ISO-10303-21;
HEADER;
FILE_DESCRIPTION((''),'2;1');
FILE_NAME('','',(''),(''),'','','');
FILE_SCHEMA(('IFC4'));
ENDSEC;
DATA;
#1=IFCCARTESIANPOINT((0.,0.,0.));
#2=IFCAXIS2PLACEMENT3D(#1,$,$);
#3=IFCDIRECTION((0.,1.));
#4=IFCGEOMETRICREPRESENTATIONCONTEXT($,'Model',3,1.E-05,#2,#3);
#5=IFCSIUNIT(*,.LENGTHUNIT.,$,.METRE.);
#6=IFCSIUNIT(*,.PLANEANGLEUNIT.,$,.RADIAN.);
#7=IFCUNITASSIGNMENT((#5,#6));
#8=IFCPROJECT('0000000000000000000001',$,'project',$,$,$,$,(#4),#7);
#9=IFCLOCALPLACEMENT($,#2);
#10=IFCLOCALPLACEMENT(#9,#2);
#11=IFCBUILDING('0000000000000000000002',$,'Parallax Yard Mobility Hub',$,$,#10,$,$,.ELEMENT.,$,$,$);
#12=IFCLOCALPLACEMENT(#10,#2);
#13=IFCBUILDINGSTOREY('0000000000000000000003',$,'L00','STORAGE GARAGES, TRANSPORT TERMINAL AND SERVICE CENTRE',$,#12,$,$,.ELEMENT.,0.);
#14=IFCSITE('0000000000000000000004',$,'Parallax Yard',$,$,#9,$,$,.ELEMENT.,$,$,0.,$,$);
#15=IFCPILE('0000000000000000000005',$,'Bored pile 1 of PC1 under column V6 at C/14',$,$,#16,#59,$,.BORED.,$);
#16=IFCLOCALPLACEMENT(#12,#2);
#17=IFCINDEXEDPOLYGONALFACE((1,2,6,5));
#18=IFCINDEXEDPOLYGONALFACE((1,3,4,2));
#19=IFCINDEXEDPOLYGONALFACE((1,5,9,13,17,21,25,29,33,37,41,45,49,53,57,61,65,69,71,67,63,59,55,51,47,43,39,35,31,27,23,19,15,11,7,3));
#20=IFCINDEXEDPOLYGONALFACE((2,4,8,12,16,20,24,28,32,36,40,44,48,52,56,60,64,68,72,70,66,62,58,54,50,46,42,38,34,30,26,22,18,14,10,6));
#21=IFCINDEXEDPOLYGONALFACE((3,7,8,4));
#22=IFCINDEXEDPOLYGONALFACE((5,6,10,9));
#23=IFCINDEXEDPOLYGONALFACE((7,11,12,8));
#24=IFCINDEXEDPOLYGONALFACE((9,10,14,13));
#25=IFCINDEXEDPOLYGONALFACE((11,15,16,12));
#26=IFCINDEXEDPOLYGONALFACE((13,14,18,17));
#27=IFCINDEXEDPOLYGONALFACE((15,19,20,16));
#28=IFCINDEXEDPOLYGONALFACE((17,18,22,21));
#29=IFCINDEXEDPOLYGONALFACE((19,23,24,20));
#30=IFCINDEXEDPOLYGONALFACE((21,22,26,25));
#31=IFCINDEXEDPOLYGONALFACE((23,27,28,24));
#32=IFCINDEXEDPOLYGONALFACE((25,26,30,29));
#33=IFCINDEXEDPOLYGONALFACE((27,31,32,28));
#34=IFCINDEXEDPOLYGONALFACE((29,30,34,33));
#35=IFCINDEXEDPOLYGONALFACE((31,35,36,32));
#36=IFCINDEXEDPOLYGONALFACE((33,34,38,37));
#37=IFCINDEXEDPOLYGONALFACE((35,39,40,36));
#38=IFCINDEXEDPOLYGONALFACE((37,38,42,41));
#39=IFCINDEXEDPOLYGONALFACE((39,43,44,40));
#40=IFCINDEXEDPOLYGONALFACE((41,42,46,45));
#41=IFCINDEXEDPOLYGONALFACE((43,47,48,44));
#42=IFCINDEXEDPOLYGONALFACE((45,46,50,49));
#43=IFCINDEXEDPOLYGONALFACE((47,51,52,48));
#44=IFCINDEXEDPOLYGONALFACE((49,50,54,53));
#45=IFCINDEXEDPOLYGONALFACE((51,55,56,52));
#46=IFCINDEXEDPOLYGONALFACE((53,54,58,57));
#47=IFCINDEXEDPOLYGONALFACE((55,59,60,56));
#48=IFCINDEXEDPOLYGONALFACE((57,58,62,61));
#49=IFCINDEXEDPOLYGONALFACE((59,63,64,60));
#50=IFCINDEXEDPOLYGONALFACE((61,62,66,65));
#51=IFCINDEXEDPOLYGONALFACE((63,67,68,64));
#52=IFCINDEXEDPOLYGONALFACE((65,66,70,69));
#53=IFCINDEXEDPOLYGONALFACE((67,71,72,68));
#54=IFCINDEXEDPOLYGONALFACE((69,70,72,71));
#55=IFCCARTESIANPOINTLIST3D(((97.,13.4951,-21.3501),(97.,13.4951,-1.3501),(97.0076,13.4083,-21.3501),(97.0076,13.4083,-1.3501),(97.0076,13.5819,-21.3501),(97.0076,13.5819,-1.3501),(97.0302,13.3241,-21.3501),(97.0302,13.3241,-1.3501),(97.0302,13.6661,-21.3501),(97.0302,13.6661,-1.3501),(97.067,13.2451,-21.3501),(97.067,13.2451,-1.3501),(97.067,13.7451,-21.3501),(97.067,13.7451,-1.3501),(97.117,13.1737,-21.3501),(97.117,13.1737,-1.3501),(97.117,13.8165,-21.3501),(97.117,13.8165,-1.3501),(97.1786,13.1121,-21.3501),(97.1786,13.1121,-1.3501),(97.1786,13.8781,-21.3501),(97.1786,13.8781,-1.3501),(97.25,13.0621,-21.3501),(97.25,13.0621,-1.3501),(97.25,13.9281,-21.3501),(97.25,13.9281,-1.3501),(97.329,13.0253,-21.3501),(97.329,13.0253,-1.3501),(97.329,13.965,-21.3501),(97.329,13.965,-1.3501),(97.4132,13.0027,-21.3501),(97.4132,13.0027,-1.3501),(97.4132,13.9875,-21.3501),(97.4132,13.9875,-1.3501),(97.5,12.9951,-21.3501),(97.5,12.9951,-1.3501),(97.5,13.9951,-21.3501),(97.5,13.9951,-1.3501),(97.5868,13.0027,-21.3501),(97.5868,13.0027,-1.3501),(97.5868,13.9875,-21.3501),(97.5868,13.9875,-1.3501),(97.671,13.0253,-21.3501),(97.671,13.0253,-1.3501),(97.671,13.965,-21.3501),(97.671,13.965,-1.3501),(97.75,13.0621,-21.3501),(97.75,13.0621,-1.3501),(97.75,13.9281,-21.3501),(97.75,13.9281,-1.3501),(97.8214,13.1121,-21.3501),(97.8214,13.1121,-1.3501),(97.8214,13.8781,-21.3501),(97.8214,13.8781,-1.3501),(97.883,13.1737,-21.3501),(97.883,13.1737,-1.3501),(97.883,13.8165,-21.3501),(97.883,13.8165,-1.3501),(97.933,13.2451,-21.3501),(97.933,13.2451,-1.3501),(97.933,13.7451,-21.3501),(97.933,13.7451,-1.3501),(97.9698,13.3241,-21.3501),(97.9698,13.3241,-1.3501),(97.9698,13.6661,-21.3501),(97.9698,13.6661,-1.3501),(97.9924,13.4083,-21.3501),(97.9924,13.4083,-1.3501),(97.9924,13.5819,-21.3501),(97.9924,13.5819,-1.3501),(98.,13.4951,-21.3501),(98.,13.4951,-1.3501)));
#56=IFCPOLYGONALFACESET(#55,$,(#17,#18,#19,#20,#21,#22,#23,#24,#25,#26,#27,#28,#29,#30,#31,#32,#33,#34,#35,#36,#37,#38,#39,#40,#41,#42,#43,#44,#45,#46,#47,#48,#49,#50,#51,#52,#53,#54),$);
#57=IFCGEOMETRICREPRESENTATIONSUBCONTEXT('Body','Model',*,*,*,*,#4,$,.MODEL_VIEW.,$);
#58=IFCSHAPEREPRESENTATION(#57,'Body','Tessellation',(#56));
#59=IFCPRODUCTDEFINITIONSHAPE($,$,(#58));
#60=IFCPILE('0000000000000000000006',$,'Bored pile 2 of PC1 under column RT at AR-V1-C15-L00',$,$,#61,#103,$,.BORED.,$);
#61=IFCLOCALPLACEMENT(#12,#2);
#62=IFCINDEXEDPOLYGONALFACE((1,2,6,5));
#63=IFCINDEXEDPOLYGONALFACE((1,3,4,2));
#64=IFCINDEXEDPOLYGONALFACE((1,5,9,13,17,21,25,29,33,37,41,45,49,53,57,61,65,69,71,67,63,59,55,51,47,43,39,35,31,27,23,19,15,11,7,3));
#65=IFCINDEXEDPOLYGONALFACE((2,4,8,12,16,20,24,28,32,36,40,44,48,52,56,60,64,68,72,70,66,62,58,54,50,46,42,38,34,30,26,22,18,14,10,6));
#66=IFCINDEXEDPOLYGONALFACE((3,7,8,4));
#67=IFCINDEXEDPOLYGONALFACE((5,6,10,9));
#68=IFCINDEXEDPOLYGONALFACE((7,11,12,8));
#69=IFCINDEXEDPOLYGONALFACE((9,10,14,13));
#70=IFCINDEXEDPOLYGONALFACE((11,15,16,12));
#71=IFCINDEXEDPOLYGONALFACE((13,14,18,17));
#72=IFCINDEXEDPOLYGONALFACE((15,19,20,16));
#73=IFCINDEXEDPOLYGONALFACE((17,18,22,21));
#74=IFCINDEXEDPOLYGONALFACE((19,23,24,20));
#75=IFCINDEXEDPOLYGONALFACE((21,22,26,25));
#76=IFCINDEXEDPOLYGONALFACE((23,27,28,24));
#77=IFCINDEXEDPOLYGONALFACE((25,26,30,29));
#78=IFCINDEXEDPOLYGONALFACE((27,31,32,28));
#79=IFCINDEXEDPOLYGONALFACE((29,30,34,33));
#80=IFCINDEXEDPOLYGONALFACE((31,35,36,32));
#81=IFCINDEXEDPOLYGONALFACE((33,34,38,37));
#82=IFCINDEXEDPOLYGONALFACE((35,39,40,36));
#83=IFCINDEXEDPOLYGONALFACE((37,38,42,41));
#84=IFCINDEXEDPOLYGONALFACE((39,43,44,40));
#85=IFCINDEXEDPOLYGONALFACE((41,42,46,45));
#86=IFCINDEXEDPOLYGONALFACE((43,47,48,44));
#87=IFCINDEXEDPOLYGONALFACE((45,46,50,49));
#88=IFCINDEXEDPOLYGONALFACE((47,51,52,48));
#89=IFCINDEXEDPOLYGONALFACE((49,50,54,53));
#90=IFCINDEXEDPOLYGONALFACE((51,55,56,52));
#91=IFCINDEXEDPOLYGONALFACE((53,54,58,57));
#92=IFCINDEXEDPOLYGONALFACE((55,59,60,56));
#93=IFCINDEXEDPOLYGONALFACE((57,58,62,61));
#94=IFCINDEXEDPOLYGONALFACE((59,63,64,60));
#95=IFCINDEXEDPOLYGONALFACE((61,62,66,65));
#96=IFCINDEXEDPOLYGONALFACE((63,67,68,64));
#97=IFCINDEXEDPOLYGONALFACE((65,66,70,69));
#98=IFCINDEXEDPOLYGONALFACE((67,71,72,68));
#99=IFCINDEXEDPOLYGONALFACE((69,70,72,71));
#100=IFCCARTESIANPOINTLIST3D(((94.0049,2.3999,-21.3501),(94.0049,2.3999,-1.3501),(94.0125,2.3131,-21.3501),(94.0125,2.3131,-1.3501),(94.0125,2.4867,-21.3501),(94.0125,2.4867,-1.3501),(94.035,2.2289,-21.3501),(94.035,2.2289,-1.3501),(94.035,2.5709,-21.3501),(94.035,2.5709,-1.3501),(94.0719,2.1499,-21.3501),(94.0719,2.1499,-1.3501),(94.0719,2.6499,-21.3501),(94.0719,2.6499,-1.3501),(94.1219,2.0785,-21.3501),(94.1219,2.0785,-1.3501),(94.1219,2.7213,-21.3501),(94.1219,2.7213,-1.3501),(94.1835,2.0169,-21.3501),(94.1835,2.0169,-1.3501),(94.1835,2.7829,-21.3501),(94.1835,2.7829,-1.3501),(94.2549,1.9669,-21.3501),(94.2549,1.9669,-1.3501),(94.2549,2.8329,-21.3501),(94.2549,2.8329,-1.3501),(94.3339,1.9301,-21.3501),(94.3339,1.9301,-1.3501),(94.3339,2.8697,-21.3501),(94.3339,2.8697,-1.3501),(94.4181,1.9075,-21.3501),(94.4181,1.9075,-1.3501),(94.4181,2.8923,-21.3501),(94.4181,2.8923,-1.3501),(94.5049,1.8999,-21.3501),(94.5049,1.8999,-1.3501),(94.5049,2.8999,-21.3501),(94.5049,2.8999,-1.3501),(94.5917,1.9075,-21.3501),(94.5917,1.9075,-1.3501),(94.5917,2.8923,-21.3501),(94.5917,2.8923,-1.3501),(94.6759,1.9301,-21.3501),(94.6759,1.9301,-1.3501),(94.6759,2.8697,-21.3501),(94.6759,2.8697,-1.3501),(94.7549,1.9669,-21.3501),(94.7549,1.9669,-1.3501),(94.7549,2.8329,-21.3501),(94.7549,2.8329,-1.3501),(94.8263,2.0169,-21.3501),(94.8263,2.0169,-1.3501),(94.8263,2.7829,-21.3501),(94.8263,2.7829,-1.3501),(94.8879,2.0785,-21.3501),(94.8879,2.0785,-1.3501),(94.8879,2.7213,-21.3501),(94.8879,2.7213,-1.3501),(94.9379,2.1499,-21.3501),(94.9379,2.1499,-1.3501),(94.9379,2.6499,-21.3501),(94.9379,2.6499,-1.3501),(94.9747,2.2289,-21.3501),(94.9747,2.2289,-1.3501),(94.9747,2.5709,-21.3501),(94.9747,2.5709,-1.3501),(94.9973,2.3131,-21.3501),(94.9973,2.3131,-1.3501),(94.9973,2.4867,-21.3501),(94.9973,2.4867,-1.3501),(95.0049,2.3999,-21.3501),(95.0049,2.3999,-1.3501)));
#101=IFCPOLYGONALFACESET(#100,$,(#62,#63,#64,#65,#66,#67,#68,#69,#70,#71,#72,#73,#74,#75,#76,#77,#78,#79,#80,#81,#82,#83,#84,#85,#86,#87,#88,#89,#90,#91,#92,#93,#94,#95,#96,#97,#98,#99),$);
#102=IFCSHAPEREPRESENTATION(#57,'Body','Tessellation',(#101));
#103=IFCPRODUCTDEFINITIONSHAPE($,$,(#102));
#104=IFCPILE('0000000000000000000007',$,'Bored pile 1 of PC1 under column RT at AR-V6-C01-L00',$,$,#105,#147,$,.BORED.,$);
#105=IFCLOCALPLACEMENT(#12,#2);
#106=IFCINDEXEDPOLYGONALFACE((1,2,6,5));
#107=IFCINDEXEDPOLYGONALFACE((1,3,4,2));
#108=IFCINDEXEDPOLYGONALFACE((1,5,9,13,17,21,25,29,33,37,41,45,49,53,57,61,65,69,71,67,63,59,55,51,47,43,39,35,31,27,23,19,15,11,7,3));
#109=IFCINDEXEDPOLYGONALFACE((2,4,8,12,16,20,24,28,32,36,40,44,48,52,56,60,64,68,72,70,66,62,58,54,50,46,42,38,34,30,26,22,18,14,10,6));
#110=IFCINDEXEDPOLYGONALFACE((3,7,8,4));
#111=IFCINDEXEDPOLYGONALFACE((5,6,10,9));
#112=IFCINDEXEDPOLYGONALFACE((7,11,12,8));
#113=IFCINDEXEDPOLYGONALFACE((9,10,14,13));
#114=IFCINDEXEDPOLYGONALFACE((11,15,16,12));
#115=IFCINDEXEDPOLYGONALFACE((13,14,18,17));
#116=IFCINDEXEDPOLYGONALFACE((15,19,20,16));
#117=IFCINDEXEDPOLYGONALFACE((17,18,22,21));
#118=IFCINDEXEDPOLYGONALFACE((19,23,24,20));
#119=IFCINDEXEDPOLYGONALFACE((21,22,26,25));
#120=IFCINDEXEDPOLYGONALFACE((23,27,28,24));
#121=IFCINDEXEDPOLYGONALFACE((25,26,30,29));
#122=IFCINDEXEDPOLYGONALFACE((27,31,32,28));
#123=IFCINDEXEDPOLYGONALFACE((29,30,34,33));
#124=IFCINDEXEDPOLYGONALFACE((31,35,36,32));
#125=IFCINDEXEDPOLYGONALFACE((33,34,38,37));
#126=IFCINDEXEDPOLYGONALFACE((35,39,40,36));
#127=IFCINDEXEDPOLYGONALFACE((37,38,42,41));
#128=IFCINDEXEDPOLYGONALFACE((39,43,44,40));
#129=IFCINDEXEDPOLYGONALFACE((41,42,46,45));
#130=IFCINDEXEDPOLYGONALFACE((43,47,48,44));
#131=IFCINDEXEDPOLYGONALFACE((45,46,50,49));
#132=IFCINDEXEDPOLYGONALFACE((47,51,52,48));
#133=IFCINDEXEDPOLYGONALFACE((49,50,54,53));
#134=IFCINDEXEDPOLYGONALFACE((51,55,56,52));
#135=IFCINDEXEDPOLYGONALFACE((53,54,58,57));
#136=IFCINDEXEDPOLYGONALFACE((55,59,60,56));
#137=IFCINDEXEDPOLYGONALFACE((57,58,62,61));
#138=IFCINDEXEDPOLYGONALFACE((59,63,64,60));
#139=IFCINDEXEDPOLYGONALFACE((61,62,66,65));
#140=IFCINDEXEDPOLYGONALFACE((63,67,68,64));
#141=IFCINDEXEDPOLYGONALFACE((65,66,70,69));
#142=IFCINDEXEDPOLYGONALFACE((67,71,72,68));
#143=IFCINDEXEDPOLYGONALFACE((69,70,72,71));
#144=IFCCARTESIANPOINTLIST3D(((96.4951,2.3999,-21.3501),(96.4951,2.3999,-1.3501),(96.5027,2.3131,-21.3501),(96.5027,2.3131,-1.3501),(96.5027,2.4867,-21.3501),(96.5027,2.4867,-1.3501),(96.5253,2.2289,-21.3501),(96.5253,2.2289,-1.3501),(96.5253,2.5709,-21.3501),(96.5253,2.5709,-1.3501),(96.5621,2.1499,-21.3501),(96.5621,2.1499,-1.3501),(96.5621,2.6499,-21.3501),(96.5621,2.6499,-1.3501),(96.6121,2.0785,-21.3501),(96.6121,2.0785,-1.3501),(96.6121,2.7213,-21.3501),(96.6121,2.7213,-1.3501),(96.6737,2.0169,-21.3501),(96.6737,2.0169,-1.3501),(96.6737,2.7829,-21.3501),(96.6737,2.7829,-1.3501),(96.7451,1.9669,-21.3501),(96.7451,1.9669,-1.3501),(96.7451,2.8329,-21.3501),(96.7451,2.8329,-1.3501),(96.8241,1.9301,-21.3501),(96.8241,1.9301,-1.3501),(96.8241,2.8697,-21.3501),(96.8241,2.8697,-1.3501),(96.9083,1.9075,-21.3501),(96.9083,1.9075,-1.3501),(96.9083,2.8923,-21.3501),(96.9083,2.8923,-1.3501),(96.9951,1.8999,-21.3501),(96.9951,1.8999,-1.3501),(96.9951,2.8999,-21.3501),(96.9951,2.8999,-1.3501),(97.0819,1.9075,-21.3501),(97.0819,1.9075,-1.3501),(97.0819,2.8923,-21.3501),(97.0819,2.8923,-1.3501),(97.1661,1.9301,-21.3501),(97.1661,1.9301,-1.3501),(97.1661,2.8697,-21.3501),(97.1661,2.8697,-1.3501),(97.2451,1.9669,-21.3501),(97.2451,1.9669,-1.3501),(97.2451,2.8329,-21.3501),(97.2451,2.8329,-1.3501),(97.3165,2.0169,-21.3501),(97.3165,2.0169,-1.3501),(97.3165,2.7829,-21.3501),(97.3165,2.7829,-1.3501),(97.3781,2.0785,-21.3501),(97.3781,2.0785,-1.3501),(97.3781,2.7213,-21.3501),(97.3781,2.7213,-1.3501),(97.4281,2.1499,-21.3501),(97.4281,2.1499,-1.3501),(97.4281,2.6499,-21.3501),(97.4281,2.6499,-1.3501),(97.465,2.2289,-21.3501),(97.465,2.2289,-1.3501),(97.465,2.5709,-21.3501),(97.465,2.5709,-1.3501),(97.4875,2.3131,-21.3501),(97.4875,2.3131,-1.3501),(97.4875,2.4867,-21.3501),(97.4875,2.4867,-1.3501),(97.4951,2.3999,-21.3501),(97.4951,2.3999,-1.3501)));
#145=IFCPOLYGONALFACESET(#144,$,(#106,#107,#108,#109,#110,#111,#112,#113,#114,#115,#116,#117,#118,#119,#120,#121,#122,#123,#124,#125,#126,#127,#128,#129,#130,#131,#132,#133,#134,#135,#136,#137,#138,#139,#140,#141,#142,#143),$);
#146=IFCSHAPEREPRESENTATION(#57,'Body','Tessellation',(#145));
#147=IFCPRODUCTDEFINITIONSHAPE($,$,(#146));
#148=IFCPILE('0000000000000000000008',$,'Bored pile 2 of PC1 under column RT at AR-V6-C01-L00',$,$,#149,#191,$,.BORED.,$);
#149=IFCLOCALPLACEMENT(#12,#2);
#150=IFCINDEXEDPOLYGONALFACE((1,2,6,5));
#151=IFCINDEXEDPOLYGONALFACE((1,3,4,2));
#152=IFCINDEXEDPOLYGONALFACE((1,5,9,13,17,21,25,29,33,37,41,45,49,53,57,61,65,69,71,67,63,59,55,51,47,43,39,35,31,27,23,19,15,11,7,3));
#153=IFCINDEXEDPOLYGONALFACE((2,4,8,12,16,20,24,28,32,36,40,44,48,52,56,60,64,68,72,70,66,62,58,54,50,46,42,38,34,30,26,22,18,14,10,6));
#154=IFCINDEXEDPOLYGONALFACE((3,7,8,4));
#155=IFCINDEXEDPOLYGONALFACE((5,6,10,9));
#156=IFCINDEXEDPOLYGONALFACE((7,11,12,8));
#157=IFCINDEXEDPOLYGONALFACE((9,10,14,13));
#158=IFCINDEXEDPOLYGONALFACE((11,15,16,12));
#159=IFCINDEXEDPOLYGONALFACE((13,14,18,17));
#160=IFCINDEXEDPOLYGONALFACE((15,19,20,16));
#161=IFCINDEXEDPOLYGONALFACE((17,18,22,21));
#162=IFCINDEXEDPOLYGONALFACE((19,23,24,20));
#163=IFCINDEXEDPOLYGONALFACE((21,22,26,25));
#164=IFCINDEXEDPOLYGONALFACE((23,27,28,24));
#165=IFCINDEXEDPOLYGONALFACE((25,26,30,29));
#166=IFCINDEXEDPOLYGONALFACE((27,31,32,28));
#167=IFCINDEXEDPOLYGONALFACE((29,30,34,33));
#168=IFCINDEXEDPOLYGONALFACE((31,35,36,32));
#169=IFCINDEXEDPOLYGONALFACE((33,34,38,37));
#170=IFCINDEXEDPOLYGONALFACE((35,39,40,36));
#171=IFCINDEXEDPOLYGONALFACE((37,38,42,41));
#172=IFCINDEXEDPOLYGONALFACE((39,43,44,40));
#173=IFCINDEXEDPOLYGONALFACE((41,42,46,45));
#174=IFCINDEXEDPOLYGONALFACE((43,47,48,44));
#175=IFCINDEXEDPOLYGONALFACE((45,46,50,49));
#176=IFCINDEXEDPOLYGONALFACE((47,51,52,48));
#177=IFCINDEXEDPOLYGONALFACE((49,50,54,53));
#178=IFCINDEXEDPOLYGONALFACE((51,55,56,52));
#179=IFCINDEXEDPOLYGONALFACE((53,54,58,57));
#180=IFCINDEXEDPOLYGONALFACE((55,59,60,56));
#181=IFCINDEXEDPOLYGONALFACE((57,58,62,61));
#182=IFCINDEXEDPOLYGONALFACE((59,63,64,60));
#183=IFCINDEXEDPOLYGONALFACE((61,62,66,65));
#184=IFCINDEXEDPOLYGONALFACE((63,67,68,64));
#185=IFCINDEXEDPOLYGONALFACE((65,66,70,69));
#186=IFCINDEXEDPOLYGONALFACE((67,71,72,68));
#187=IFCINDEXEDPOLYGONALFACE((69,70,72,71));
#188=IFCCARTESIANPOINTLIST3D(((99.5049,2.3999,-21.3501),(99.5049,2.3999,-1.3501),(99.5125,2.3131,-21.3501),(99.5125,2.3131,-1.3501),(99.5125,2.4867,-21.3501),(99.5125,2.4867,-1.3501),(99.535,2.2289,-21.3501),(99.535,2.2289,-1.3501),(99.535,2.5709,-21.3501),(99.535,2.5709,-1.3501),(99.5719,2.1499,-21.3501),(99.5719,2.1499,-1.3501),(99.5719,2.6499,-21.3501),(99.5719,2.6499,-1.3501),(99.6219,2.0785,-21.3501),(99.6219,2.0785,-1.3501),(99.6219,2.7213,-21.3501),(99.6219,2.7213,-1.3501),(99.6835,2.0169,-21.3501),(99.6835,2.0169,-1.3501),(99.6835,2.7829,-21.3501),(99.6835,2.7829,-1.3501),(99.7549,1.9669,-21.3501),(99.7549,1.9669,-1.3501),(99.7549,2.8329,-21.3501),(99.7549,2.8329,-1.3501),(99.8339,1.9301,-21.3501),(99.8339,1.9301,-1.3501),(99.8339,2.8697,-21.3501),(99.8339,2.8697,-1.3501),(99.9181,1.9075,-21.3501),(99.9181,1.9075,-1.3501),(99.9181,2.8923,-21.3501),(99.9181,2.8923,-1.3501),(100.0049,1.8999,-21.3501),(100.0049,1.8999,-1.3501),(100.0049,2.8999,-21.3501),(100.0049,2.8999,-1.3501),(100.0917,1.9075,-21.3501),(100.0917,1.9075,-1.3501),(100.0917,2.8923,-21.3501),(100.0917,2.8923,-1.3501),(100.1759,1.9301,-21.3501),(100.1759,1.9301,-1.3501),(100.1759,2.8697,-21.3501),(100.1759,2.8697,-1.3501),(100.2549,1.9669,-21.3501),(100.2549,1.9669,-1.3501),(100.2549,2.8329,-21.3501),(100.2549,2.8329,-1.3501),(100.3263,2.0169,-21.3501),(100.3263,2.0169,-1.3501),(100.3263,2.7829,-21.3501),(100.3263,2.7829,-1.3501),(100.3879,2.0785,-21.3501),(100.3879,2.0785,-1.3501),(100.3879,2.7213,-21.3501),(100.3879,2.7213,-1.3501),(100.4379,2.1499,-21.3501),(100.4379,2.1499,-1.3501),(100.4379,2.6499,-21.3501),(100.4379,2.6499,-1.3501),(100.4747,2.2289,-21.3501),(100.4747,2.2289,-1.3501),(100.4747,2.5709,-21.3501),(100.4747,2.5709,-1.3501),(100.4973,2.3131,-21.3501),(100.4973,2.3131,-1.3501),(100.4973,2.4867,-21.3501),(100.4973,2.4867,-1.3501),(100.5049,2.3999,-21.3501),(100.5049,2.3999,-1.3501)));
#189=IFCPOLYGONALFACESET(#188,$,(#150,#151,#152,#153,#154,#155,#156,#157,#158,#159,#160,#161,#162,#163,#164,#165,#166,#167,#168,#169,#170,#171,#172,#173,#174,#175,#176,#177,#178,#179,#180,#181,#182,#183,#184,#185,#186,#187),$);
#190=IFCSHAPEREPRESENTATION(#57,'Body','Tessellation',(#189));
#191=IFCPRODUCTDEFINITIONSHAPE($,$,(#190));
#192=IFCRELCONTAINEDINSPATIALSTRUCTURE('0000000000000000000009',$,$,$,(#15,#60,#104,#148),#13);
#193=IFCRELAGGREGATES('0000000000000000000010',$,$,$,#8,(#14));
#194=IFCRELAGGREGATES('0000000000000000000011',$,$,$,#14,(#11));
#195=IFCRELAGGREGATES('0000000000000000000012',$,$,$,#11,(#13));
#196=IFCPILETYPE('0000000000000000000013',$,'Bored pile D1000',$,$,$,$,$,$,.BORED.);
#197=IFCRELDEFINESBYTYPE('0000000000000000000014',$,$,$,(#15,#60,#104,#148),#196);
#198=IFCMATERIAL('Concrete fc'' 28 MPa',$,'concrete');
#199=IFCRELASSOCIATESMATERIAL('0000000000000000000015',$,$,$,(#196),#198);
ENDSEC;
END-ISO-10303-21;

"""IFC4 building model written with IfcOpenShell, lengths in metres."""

from ifc_helpers import new_model, si_unit, direction, frame, origin, origin_2d, place, context, subcontext, project, spatial, circle, extrude, material, material_profile, profile_set, type_object, element, save


model = new_model("IFC4")

# Units and contexts
model_context = context("Model", 3, precision=1e-05, world=origin(), true_north=direction((0.0, 1.0)))
body_context = subcontext(model_context, "Body", "Model", "MODEL_VIEW")
ifc_project = project(units=[si_unit("LENGTHUNIT", "METRE"), si_unit("PLANEANGLEUNIT", "RADIAN")], contexts=[model_context])

# Site, building, storey
site_placement = place(None, origin())
site = spatial("IfcSite", under=ifc_project, at=site_placement, Name="Parallax Yard", CompositionType="ELEMENT", RefElevation=0.0)
building_placement = place(site_placement, origin())
building = spatial("IfcBuilding", under=site, at=building_placement, Name="Parallax Yard Mobility Hub", CompositionType="ELEMENT")
storey_placement = place(building_placement, origin())
storey = spatial("IfcBuildingStorey", under=building, at=storey_placement, Name="L00", Description="STORAGE GARAGES, TRANSPORT TERMINAL AND SERVICE CENTRE", CompositionType="ELEMENT", Elevation=0.0)

# Piles
ifc_material_1 = material(Name="Concrete fc' 28 MPa", Category="concrete")
ifc_material_profile_1 = material_profile(ifc_material_1, circle(Radius=0.5, at=origin_2d()), Name="Bored pile D1000")
ifc_profile_set_1 = profile_set([ifc_material_profile_1], Name="Concrete fc' 28 MPa")
pile_type = type_object("IfcPileType", Name="Bored pile D1000", PredefinedType="BORED", material=ifc_profile_set_1)
for number, where, z_axis, x_axis, name in (
    (1, (97.5, 13.4951, -1.3501), (0.0, 0.0, -1.0), (1.0, 0.0, 0.0), "Bored pile 1 of PC1 under column V6 at C/14"),
    (2, (94.5049, 2.3999, -1.3501), (0.0, 0.0, -1.0), (1.0, 0.0, 0.0), "Bored pile 2 of PC1 under column RT at AR-V1-C15-L00"),
    (3, (96.9951, 2.3999, -1.3501), (0.0, 0.0, -1.0), (1.0, 0.0, 0.0), "Bored pile 1 of PC1 under column RT at AR-V6-C01-L00"),
    (4, (100.0049, 2.3999, -1.3501), (0.0, 0.0, -1.0), (1.0, 0.0, 0.0), "Bored pile 2 of PC1 under column RT at AR-V6-C01-L00"),
):
    element("IfcPile", number, at=place(storey_placement, frame(where, z_axis=z_axis, x_axis=x_axis)), inside=storey, type_object=pile_type, Name=name, PredefinedType="BORED", context=body_context, shape_type="SweptSolid", body=[
        extrude(circle(Radius=0.5, at=origin_2d()), origin(), (0.0, 0.0, 1.0), 20.0),
    ])

save(model, "model.ifc")
